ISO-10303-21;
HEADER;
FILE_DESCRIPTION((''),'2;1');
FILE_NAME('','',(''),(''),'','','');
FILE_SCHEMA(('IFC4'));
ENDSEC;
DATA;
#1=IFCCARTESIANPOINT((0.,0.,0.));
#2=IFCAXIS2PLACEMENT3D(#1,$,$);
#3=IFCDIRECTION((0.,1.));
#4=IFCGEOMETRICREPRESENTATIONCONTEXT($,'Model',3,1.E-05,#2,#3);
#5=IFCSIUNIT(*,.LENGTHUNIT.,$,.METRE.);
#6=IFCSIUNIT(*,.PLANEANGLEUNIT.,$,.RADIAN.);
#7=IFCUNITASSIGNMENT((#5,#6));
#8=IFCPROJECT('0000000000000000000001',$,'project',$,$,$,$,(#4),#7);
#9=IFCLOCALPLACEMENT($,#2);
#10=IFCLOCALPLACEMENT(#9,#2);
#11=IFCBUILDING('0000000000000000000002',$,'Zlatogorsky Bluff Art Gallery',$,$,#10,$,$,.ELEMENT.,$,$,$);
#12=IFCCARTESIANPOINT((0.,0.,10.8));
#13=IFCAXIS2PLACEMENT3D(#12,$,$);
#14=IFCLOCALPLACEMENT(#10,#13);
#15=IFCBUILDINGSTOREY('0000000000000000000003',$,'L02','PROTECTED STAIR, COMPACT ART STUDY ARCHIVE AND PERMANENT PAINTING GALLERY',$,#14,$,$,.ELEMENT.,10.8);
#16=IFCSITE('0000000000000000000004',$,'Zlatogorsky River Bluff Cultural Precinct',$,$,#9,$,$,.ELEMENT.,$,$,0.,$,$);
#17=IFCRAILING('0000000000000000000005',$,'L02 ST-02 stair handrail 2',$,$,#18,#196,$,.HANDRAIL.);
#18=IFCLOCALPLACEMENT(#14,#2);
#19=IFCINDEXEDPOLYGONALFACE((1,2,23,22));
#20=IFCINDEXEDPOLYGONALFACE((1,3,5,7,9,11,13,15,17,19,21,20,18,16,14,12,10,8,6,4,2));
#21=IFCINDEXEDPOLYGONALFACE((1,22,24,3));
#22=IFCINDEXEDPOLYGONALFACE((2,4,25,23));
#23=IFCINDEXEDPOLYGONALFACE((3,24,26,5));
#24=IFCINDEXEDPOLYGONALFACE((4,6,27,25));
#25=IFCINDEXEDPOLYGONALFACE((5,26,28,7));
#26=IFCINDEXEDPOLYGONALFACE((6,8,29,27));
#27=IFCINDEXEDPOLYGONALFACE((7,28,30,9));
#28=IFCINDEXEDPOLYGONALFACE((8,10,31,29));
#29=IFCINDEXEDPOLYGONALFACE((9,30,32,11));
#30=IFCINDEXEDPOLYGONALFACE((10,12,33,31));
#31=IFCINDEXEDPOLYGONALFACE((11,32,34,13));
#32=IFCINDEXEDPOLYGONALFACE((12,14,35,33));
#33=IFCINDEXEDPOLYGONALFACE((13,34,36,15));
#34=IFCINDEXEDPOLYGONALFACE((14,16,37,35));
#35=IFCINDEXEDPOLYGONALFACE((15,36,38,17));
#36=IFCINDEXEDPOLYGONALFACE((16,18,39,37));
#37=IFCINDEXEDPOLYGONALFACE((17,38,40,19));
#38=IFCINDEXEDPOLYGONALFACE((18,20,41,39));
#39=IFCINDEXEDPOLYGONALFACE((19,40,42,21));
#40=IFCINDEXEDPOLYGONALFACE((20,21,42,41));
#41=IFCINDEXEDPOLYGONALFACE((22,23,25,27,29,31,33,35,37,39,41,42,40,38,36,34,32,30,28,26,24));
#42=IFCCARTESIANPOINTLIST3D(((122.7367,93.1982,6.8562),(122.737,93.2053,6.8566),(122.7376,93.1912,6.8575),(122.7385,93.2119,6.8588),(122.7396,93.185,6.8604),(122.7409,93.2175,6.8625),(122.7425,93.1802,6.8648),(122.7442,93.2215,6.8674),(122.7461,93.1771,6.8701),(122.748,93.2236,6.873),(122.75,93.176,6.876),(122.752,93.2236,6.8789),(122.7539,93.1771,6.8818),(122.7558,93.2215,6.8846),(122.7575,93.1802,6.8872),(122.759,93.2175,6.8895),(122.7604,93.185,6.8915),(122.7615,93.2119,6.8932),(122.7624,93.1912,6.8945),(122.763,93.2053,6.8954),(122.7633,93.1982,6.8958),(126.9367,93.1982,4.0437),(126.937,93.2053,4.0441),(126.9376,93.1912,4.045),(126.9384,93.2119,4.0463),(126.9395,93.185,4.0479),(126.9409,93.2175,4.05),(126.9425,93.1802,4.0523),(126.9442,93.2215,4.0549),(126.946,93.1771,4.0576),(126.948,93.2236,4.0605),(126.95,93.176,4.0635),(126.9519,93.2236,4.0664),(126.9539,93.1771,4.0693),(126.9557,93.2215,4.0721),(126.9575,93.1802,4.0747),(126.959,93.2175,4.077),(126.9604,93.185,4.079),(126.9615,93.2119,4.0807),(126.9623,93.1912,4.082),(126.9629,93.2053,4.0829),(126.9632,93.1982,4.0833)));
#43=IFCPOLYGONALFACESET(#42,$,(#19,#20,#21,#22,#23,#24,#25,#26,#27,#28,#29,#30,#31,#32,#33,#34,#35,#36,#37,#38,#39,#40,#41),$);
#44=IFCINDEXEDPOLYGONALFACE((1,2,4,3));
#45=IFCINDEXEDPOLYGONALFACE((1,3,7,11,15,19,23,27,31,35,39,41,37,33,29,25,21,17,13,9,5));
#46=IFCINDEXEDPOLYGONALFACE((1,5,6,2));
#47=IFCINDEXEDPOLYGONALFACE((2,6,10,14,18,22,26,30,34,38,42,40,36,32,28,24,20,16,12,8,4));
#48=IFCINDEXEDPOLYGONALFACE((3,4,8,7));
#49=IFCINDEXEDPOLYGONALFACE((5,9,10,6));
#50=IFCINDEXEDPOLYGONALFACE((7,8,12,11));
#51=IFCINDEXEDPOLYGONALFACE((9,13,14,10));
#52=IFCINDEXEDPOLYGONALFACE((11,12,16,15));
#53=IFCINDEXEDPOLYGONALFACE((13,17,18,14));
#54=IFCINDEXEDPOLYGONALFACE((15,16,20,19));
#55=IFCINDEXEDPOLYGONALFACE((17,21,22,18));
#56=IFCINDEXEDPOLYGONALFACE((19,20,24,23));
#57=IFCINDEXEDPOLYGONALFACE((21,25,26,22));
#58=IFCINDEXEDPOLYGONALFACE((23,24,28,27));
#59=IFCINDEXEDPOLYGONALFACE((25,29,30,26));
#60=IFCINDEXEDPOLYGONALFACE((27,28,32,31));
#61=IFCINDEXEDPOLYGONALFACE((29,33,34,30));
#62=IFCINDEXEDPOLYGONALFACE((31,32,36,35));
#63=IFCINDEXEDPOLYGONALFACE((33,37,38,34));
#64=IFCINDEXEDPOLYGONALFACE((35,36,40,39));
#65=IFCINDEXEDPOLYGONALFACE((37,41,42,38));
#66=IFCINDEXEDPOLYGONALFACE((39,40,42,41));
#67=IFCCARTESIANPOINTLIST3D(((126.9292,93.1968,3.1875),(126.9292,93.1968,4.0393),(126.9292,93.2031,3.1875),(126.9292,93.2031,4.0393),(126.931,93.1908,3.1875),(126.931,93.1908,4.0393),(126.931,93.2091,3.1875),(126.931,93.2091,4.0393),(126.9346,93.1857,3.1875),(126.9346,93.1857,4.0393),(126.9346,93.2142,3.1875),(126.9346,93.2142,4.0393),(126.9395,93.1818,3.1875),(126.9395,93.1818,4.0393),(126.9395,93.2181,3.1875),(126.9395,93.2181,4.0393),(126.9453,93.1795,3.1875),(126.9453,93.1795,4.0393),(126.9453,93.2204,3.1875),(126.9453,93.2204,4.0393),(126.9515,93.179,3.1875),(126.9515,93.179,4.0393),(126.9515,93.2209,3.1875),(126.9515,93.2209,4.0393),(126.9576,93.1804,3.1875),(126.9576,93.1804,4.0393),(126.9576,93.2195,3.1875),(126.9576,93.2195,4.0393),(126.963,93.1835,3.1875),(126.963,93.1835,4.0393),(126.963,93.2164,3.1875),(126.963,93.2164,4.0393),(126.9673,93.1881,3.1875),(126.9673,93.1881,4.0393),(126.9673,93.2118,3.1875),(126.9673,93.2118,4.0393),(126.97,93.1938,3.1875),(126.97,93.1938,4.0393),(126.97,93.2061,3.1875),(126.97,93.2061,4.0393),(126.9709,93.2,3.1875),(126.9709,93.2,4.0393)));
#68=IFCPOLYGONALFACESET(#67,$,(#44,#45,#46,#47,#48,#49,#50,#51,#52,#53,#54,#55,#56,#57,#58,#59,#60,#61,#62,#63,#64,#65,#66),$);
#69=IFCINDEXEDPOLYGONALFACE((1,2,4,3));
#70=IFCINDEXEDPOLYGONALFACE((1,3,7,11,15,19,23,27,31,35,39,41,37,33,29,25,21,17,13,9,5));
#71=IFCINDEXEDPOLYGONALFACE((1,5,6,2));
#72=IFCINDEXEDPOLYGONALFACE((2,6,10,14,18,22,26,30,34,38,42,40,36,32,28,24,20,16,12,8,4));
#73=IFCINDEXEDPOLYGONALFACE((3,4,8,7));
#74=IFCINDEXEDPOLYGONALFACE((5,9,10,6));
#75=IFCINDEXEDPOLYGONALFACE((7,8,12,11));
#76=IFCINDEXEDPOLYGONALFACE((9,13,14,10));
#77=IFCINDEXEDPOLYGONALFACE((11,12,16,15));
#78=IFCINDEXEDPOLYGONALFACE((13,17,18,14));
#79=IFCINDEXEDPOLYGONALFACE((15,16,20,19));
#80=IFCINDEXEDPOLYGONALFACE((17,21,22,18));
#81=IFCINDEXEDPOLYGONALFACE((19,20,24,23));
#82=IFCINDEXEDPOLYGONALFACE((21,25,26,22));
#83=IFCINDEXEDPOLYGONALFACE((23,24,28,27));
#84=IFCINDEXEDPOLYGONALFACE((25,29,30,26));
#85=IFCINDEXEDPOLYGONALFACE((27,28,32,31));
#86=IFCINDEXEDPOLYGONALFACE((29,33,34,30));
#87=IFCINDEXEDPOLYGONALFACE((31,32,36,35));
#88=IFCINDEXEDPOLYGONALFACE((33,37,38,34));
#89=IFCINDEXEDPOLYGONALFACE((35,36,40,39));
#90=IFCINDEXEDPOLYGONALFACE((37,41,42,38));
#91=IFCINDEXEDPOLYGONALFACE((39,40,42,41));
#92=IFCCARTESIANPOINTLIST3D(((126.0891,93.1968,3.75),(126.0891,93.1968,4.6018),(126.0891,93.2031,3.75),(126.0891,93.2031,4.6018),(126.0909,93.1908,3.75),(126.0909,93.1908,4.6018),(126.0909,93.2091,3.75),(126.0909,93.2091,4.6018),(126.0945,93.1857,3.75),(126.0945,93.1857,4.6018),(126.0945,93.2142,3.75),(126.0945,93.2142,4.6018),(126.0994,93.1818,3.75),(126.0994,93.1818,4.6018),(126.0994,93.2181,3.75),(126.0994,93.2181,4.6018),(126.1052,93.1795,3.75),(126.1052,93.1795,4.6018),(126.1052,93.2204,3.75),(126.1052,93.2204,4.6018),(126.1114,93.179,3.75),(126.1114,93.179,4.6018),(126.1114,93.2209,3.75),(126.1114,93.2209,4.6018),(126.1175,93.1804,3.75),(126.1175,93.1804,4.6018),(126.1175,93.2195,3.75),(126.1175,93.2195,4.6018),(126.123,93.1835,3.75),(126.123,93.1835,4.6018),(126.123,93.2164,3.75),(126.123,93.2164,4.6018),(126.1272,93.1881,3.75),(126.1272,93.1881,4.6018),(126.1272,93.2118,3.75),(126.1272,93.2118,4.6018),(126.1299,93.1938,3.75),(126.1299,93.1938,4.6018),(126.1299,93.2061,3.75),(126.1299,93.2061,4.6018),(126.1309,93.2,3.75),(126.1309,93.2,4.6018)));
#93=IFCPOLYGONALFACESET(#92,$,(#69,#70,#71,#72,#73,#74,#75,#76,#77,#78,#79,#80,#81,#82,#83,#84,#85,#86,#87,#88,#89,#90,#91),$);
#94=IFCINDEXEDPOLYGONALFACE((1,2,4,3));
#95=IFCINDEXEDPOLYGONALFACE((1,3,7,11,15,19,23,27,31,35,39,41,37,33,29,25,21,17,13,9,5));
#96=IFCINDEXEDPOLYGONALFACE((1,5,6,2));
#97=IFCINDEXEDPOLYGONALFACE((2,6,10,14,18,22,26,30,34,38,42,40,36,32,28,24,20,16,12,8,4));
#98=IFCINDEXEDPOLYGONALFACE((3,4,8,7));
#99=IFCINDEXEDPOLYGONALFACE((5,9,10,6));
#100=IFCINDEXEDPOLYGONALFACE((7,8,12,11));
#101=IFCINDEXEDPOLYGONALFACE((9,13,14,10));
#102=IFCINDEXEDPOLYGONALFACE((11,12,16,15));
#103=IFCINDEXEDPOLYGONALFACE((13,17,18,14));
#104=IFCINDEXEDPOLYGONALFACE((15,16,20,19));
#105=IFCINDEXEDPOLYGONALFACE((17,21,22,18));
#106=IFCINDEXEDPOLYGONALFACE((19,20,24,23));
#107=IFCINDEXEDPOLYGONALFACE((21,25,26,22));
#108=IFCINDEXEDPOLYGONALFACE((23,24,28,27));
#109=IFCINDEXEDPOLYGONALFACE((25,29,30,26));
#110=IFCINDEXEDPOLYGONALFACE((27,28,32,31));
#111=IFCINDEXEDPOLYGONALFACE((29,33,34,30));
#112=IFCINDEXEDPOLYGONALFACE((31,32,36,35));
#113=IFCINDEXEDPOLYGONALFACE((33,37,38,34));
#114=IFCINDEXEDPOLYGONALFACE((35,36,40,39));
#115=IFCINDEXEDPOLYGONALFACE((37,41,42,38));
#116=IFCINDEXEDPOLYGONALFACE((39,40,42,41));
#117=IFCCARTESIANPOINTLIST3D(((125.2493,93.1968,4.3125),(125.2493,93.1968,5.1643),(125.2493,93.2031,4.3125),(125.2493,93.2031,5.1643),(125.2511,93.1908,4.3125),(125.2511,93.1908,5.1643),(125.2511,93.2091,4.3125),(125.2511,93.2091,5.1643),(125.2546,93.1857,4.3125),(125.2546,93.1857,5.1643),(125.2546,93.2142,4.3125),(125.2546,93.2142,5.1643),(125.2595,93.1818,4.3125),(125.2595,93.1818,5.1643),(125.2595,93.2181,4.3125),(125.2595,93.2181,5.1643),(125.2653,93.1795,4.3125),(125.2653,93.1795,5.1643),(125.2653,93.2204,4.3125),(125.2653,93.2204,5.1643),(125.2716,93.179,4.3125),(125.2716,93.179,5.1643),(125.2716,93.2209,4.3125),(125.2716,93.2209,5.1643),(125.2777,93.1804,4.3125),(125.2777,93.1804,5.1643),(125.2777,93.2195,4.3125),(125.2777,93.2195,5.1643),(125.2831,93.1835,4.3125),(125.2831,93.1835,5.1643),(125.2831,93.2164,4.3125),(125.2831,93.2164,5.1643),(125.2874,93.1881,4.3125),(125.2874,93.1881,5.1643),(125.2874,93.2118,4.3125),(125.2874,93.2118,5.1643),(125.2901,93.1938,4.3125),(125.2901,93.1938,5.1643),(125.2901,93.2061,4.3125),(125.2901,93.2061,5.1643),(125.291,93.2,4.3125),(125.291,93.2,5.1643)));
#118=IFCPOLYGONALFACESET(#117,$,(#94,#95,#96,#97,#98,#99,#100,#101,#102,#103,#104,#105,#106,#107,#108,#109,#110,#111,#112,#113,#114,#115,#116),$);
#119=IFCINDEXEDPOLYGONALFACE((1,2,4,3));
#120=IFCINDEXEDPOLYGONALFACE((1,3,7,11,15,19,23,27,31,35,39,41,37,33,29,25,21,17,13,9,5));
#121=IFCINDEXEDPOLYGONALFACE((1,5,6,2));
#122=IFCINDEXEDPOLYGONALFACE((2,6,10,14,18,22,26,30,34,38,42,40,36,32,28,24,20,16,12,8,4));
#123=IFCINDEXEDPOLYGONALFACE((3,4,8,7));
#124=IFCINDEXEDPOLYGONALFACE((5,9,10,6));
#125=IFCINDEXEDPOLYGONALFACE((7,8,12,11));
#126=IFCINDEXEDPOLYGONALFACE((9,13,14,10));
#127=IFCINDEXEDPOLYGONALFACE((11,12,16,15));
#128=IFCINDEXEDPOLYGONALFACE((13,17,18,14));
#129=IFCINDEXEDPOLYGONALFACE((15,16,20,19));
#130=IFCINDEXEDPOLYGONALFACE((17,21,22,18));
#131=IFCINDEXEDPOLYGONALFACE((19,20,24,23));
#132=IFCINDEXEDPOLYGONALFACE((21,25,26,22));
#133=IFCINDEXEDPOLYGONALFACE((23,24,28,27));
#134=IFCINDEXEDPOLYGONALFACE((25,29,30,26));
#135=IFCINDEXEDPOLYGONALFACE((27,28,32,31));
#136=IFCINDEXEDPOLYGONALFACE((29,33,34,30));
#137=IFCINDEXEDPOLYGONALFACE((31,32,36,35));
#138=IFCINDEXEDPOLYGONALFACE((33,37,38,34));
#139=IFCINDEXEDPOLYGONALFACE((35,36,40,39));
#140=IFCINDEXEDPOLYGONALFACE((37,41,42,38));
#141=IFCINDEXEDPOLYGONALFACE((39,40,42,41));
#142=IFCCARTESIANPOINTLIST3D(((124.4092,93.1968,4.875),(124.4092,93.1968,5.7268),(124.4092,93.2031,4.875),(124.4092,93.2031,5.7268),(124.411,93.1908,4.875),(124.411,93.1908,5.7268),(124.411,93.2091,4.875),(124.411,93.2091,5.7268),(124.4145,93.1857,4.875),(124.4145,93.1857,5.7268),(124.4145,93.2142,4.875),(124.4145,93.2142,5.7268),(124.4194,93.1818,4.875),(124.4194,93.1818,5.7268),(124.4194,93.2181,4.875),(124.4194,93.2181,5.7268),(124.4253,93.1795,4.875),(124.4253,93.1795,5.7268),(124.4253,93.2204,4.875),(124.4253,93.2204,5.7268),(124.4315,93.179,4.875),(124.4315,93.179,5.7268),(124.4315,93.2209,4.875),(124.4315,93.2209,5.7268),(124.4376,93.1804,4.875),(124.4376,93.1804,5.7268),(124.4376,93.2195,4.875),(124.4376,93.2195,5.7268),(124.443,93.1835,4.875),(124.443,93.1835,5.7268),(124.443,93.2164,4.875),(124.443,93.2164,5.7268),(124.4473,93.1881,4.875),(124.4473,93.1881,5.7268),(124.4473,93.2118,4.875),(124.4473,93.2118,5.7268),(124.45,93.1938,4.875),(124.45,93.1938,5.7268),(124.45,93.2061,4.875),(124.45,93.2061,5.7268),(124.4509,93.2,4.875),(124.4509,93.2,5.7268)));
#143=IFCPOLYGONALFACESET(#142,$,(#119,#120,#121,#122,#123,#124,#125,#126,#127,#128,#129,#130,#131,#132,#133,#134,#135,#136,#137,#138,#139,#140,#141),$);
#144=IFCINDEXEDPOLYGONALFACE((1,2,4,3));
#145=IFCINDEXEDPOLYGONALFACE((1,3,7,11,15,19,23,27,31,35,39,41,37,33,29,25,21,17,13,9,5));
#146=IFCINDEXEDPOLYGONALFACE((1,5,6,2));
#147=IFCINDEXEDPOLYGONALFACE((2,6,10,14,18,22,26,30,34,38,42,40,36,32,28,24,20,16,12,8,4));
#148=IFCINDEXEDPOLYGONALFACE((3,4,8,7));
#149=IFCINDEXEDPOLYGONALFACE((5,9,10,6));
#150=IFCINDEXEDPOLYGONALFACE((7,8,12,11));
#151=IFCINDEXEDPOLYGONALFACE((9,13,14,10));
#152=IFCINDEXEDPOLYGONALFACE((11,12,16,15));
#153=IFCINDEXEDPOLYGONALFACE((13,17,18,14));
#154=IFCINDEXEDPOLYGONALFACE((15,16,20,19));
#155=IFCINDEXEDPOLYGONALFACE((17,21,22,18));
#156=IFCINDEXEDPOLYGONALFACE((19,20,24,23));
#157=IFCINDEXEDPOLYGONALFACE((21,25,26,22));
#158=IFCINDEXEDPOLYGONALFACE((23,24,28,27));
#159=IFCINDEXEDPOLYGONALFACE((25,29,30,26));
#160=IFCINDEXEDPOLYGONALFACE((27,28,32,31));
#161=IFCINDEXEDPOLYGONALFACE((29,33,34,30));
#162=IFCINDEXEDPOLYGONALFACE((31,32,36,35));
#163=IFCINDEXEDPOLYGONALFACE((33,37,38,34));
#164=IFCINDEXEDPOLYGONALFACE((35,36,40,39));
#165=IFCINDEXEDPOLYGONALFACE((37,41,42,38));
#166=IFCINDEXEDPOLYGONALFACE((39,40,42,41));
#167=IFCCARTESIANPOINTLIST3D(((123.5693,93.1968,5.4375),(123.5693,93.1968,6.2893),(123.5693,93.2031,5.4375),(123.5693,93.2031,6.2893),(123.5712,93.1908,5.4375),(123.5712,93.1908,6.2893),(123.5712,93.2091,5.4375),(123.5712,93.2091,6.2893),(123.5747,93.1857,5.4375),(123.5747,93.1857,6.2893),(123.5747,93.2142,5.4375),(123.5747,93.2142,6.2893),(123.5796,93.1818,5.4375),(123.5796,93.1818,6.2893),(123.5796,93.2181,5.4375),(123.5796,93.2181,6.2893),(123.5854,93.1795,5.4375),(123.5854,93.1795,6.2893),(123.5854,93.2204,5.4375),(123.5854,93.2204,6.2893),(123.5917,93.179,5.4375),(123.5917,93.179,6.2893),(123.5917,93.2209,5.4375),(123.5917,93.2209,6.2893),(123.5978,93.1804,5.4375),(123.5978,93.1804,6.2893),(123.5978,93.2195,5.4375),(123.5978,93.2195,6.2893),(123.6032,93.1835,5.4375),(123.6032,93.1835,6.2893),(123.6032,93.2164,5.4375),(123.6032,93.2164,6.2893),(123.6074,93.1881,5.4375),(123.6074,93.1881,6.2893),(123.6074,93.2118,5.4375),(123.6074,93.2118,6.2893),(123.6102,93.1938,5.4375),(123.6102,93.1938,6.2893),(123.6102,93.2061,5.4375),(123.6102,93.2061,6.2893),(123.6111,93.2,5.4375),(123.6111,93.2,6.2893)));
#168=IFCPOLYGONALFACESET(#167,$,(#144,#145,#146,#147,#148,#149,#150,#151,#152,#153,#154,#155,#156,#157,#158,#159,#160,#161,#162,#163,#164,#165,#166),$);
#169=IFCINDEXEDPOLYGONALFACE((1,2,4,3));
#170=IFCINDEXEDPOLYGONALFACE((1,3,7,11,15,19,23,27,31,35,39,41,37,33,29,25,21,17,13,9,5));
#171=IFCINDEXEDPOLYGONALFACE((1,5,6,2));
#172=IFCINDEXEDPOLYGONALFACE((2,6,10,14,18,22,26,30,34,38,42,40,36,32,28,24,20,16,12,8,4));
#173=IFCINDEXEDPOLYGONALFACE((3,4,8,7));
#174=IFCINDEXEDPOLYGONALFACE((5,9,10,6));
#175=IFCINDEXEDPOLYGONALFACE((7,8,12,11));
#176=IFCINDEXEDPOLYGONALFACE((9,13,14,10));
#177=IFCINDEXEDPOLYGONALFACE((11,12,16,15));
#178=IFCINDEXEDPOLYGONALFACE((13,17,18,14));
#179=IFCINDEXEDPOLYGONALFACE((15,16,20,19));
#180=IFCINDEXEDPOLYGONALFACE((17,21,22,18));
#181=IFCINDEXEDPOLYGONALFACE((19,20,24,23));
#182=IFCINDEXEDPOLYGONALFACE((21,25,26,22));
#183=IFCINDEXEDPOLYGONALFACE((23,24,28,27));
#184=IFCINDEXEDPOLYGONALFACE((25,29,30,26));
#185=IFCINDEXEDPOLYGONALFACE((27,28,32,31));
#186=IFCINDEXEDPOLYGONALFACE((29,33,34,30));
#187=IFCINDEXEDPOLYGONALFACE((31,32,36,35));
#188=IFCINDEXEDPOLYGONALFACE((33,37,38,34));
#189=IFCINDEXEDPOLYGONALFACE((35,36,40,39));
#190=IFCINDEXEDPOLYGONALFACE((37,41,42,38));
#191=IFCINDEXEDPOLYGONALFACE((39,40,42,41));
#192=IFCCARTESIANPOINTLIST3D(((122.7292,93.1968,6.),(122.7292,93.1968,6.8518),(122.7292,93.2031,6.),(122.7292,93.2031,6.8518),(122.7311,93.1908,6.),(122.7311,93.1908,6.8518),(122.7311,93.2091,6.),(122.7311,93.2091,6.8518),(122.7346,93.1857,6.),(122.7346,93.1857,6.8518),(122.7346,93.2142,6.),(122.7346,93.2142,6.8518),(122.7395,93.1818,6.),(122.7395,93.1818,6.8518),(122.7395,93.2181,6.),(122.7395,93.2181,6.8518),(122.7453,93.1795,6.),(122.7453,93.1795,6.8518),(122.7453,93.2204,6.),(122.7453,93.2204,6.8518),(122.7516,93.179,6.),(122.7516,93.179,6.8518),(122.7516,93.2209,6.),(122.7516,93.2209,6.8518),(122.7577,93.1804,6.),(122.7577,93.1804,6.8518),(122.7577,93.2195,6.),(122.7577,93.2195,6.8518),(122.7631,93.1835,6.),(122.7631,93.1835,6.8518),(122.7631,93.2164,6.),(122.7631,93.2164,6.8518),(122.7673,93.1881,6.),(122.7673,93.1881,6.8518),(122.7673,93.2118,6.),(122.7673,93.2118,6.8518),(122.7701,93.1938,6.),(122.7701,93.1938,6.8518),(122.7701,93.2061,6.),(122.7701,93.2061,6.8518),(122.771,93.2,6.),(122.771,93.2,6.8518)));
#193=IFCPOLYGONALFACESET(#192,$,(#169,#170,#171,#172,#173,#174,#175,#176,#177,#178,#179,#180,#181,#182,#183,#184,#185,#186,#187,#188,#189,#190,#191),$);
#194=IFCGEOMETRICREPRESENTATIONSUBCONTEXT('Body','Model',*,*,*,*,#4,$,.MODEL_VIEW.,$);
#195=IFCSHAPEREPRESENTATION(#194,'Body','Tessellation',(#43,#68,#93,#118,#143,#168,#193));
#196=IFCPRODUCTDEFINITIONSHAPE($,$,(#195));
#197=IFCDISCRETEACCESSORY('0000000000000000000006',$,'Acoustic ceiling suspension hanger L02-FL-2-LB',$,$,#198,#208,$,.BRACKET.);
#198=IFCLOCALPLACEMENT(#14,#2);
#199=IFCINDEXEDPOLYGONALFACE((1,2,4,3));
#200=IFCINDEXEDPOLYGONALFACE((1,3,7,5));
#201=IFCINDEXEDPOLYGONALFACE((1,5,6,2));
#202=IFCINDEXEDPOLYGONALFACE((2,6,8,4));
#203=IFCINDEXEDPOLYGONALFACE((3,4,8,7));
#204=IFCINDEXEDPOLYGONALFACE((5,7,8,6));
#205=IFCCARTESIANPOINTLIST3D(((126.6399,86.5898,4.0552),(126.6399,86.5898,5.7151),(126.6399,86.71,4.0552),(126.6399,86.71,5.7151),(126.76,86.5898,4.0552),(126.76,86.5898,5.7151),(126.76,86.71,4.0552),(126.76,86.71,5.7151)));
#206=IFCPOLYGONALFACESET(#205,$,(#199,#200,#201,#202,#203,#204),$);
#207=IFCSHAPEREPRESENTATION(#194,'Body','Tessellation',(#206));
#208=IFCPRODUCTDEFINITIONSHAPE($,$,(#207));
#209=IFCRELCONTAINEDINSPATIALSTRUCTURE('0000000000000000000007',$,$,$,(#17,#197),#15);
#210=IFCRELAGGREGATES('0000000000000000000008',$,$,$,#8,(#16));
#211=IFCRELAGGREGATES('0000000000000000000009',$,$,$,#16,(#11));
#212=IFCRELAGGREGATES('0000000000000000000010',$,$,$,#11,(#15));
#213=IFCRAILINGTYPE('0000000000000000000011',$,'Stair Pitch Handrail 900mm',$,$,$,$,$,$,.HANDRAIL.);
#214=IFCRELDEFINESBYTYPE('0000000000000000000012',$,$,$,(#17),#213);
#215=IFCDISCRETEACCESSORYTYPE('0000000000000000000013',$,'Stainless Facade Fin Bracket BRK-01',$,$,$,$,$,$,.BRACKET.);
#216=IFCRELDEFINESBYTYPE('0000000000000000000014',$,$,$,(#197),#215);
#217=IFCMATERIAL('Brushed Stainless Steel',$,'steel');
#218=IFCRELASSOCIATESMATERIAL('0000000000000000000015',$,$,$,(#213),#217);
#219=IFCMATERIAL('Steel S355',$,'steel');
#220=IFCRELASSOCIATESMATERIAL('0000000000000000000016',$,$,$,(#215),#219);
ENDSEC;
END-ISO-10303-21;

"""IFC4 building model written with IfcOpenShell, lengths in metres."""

from ifc_helpers import new_model, si_unit, direction, frame, origin, origin_2d, place, context, subcontext, project, spatial, rectangle, circle, extrude, material, type_object, element, save


model = new_model("IFC4")

# Units and contexts
model_context = context("Model", 3, precision=1e-05, world=origin(), true_north=direction((0.0, 1.0)))
body_context = subcontext(model_context, "Body", "Model", "MODEL_VIEW")
ifc_project = project(units=[si_unit("LENGTHUNIT", "METRE"), si_unit("PLANEANGLEUNIT", "RADIAN")], contexts=[model_context])

# Site, building, storey
site_placement = place(None, origin())
site = spatial("IfcSite", under=ifc_project, at=site_placement, Name="Zlatogorsky River Bluff Cultural Precinct", CompositionType="ELEMENT", RefElevation=0.0)
building_placement = place(site_placement, origin())
building = spatial("IfcBuilding", under=site, at=building_placement, Name="Zlatogorsky Bluff Art Gallery", CompositionType="ELEMENT")
storey_placement = place(building_placement, frame((0.0, 0.0, 10.8)))
storey = spatial("IfcBuildingStorey", under=building, at=storey_placement, Name="L02", Description="PROTECTED STAIR, COMPACT ART STUDY ARCHIVE AND PERMANENT PAINTING GALLERY", CompositionType="ELEMENT", Elevation=10.8)

# Shared definitions
ifc_material_1 = material(Name="Steel S355", Category="steel")

# Railing
ifc_material_2 = material(Name="Brushed Stainless Steel", Category="steel")
railing_type_1 = type_object("IfcRailingType", Name="Stair Pitch Handrail 900mm", PredefinedType="HANDRAIL", material=ifc_material_2)
railing_1_placement = place(storey_placement, frame((126.95, 93.2, 3.1875)))
element("IfcRailing", 1, at=railing_1_placement, inside=storey, type_object=railing_type_1, Name="L02 ST-02 stair handrail 2", PredefinedType="HANDRAIL", context=body_context, shape_type="SweptSolid", body=[
    extrude(circle(Radius=0.0239, at=origin_2d()), frame((0.0, 0.0, 0.876), z_axis=(-0.830904, 0.0, 0.556416), x_axis=(0.0, -1.0, 0.0)), (0.0, 0.0, 1.0), 5.0547),
    extrude(circle(Radius=0.021, at=origin_2d()), origin(), (0.0, 0.0, 1.0), 0.8518),
    extrude(circle(Radius=0.021, at=origin_2d()), frame((-0.8401, 0.0, 0.5625)), (0.0, 0.0, 1.0), 0.8518),
    extrude(circle(Radius=0.021, at=origin_2d()), frame((-1.6799, 0.0, 1.125)), (0.0, 0.0, 1.0), 0.8518),
    extrude(circle(Radius=0.021, at=origin_2d()), frame((-2.52, 0.0, 1.6875)), (0.0, 0.0, 1.0), 0.8518),
    extrude(circle(Radius=0.021, at=origin_2d()), frame((-3.3599, 0.0, 2.25)), (0.0, 0.0, 1.0), 0.8518),
    extrude(circle(Radius=0.021, at=origin_2d()), frame((-4.2, 0.0, 2.8125)), (0.0, 0.0, 1.0), 0.8518),
])

# Discrete accessory
discrete_accessory_type = type_object("IfcDiscreteAccessoryType", Name="Stainless Facade Fin Bracket BRK-01", PredefinedType="BRACKET", material=ifc_material_1)
discrete_accessory_placement = place(storey_placement, frame((126.7, 86.6499, 4.0552), z_axis=(0.0, 0.0, 1.0), x_axis=(1.0, 0.0, 0.0)))
element("IfcDiscreteAccessory", 2, at=discrete_accessory_placement, inside=storey, type_object=discrete_accessory_type, Name="Acoustic ceiling suspension hanger L02-FL-2-LB", PredefinedType="BRACKET", context=body_context, shape_type="SweptSolid", body=[
    extrude(rectangle(XDim=0.1201, YDim=0.1201, at=origin_2d()), origin(), (0.0, 0.0, 1.0), 1.6599),
])

save(model, "model.ifc")
